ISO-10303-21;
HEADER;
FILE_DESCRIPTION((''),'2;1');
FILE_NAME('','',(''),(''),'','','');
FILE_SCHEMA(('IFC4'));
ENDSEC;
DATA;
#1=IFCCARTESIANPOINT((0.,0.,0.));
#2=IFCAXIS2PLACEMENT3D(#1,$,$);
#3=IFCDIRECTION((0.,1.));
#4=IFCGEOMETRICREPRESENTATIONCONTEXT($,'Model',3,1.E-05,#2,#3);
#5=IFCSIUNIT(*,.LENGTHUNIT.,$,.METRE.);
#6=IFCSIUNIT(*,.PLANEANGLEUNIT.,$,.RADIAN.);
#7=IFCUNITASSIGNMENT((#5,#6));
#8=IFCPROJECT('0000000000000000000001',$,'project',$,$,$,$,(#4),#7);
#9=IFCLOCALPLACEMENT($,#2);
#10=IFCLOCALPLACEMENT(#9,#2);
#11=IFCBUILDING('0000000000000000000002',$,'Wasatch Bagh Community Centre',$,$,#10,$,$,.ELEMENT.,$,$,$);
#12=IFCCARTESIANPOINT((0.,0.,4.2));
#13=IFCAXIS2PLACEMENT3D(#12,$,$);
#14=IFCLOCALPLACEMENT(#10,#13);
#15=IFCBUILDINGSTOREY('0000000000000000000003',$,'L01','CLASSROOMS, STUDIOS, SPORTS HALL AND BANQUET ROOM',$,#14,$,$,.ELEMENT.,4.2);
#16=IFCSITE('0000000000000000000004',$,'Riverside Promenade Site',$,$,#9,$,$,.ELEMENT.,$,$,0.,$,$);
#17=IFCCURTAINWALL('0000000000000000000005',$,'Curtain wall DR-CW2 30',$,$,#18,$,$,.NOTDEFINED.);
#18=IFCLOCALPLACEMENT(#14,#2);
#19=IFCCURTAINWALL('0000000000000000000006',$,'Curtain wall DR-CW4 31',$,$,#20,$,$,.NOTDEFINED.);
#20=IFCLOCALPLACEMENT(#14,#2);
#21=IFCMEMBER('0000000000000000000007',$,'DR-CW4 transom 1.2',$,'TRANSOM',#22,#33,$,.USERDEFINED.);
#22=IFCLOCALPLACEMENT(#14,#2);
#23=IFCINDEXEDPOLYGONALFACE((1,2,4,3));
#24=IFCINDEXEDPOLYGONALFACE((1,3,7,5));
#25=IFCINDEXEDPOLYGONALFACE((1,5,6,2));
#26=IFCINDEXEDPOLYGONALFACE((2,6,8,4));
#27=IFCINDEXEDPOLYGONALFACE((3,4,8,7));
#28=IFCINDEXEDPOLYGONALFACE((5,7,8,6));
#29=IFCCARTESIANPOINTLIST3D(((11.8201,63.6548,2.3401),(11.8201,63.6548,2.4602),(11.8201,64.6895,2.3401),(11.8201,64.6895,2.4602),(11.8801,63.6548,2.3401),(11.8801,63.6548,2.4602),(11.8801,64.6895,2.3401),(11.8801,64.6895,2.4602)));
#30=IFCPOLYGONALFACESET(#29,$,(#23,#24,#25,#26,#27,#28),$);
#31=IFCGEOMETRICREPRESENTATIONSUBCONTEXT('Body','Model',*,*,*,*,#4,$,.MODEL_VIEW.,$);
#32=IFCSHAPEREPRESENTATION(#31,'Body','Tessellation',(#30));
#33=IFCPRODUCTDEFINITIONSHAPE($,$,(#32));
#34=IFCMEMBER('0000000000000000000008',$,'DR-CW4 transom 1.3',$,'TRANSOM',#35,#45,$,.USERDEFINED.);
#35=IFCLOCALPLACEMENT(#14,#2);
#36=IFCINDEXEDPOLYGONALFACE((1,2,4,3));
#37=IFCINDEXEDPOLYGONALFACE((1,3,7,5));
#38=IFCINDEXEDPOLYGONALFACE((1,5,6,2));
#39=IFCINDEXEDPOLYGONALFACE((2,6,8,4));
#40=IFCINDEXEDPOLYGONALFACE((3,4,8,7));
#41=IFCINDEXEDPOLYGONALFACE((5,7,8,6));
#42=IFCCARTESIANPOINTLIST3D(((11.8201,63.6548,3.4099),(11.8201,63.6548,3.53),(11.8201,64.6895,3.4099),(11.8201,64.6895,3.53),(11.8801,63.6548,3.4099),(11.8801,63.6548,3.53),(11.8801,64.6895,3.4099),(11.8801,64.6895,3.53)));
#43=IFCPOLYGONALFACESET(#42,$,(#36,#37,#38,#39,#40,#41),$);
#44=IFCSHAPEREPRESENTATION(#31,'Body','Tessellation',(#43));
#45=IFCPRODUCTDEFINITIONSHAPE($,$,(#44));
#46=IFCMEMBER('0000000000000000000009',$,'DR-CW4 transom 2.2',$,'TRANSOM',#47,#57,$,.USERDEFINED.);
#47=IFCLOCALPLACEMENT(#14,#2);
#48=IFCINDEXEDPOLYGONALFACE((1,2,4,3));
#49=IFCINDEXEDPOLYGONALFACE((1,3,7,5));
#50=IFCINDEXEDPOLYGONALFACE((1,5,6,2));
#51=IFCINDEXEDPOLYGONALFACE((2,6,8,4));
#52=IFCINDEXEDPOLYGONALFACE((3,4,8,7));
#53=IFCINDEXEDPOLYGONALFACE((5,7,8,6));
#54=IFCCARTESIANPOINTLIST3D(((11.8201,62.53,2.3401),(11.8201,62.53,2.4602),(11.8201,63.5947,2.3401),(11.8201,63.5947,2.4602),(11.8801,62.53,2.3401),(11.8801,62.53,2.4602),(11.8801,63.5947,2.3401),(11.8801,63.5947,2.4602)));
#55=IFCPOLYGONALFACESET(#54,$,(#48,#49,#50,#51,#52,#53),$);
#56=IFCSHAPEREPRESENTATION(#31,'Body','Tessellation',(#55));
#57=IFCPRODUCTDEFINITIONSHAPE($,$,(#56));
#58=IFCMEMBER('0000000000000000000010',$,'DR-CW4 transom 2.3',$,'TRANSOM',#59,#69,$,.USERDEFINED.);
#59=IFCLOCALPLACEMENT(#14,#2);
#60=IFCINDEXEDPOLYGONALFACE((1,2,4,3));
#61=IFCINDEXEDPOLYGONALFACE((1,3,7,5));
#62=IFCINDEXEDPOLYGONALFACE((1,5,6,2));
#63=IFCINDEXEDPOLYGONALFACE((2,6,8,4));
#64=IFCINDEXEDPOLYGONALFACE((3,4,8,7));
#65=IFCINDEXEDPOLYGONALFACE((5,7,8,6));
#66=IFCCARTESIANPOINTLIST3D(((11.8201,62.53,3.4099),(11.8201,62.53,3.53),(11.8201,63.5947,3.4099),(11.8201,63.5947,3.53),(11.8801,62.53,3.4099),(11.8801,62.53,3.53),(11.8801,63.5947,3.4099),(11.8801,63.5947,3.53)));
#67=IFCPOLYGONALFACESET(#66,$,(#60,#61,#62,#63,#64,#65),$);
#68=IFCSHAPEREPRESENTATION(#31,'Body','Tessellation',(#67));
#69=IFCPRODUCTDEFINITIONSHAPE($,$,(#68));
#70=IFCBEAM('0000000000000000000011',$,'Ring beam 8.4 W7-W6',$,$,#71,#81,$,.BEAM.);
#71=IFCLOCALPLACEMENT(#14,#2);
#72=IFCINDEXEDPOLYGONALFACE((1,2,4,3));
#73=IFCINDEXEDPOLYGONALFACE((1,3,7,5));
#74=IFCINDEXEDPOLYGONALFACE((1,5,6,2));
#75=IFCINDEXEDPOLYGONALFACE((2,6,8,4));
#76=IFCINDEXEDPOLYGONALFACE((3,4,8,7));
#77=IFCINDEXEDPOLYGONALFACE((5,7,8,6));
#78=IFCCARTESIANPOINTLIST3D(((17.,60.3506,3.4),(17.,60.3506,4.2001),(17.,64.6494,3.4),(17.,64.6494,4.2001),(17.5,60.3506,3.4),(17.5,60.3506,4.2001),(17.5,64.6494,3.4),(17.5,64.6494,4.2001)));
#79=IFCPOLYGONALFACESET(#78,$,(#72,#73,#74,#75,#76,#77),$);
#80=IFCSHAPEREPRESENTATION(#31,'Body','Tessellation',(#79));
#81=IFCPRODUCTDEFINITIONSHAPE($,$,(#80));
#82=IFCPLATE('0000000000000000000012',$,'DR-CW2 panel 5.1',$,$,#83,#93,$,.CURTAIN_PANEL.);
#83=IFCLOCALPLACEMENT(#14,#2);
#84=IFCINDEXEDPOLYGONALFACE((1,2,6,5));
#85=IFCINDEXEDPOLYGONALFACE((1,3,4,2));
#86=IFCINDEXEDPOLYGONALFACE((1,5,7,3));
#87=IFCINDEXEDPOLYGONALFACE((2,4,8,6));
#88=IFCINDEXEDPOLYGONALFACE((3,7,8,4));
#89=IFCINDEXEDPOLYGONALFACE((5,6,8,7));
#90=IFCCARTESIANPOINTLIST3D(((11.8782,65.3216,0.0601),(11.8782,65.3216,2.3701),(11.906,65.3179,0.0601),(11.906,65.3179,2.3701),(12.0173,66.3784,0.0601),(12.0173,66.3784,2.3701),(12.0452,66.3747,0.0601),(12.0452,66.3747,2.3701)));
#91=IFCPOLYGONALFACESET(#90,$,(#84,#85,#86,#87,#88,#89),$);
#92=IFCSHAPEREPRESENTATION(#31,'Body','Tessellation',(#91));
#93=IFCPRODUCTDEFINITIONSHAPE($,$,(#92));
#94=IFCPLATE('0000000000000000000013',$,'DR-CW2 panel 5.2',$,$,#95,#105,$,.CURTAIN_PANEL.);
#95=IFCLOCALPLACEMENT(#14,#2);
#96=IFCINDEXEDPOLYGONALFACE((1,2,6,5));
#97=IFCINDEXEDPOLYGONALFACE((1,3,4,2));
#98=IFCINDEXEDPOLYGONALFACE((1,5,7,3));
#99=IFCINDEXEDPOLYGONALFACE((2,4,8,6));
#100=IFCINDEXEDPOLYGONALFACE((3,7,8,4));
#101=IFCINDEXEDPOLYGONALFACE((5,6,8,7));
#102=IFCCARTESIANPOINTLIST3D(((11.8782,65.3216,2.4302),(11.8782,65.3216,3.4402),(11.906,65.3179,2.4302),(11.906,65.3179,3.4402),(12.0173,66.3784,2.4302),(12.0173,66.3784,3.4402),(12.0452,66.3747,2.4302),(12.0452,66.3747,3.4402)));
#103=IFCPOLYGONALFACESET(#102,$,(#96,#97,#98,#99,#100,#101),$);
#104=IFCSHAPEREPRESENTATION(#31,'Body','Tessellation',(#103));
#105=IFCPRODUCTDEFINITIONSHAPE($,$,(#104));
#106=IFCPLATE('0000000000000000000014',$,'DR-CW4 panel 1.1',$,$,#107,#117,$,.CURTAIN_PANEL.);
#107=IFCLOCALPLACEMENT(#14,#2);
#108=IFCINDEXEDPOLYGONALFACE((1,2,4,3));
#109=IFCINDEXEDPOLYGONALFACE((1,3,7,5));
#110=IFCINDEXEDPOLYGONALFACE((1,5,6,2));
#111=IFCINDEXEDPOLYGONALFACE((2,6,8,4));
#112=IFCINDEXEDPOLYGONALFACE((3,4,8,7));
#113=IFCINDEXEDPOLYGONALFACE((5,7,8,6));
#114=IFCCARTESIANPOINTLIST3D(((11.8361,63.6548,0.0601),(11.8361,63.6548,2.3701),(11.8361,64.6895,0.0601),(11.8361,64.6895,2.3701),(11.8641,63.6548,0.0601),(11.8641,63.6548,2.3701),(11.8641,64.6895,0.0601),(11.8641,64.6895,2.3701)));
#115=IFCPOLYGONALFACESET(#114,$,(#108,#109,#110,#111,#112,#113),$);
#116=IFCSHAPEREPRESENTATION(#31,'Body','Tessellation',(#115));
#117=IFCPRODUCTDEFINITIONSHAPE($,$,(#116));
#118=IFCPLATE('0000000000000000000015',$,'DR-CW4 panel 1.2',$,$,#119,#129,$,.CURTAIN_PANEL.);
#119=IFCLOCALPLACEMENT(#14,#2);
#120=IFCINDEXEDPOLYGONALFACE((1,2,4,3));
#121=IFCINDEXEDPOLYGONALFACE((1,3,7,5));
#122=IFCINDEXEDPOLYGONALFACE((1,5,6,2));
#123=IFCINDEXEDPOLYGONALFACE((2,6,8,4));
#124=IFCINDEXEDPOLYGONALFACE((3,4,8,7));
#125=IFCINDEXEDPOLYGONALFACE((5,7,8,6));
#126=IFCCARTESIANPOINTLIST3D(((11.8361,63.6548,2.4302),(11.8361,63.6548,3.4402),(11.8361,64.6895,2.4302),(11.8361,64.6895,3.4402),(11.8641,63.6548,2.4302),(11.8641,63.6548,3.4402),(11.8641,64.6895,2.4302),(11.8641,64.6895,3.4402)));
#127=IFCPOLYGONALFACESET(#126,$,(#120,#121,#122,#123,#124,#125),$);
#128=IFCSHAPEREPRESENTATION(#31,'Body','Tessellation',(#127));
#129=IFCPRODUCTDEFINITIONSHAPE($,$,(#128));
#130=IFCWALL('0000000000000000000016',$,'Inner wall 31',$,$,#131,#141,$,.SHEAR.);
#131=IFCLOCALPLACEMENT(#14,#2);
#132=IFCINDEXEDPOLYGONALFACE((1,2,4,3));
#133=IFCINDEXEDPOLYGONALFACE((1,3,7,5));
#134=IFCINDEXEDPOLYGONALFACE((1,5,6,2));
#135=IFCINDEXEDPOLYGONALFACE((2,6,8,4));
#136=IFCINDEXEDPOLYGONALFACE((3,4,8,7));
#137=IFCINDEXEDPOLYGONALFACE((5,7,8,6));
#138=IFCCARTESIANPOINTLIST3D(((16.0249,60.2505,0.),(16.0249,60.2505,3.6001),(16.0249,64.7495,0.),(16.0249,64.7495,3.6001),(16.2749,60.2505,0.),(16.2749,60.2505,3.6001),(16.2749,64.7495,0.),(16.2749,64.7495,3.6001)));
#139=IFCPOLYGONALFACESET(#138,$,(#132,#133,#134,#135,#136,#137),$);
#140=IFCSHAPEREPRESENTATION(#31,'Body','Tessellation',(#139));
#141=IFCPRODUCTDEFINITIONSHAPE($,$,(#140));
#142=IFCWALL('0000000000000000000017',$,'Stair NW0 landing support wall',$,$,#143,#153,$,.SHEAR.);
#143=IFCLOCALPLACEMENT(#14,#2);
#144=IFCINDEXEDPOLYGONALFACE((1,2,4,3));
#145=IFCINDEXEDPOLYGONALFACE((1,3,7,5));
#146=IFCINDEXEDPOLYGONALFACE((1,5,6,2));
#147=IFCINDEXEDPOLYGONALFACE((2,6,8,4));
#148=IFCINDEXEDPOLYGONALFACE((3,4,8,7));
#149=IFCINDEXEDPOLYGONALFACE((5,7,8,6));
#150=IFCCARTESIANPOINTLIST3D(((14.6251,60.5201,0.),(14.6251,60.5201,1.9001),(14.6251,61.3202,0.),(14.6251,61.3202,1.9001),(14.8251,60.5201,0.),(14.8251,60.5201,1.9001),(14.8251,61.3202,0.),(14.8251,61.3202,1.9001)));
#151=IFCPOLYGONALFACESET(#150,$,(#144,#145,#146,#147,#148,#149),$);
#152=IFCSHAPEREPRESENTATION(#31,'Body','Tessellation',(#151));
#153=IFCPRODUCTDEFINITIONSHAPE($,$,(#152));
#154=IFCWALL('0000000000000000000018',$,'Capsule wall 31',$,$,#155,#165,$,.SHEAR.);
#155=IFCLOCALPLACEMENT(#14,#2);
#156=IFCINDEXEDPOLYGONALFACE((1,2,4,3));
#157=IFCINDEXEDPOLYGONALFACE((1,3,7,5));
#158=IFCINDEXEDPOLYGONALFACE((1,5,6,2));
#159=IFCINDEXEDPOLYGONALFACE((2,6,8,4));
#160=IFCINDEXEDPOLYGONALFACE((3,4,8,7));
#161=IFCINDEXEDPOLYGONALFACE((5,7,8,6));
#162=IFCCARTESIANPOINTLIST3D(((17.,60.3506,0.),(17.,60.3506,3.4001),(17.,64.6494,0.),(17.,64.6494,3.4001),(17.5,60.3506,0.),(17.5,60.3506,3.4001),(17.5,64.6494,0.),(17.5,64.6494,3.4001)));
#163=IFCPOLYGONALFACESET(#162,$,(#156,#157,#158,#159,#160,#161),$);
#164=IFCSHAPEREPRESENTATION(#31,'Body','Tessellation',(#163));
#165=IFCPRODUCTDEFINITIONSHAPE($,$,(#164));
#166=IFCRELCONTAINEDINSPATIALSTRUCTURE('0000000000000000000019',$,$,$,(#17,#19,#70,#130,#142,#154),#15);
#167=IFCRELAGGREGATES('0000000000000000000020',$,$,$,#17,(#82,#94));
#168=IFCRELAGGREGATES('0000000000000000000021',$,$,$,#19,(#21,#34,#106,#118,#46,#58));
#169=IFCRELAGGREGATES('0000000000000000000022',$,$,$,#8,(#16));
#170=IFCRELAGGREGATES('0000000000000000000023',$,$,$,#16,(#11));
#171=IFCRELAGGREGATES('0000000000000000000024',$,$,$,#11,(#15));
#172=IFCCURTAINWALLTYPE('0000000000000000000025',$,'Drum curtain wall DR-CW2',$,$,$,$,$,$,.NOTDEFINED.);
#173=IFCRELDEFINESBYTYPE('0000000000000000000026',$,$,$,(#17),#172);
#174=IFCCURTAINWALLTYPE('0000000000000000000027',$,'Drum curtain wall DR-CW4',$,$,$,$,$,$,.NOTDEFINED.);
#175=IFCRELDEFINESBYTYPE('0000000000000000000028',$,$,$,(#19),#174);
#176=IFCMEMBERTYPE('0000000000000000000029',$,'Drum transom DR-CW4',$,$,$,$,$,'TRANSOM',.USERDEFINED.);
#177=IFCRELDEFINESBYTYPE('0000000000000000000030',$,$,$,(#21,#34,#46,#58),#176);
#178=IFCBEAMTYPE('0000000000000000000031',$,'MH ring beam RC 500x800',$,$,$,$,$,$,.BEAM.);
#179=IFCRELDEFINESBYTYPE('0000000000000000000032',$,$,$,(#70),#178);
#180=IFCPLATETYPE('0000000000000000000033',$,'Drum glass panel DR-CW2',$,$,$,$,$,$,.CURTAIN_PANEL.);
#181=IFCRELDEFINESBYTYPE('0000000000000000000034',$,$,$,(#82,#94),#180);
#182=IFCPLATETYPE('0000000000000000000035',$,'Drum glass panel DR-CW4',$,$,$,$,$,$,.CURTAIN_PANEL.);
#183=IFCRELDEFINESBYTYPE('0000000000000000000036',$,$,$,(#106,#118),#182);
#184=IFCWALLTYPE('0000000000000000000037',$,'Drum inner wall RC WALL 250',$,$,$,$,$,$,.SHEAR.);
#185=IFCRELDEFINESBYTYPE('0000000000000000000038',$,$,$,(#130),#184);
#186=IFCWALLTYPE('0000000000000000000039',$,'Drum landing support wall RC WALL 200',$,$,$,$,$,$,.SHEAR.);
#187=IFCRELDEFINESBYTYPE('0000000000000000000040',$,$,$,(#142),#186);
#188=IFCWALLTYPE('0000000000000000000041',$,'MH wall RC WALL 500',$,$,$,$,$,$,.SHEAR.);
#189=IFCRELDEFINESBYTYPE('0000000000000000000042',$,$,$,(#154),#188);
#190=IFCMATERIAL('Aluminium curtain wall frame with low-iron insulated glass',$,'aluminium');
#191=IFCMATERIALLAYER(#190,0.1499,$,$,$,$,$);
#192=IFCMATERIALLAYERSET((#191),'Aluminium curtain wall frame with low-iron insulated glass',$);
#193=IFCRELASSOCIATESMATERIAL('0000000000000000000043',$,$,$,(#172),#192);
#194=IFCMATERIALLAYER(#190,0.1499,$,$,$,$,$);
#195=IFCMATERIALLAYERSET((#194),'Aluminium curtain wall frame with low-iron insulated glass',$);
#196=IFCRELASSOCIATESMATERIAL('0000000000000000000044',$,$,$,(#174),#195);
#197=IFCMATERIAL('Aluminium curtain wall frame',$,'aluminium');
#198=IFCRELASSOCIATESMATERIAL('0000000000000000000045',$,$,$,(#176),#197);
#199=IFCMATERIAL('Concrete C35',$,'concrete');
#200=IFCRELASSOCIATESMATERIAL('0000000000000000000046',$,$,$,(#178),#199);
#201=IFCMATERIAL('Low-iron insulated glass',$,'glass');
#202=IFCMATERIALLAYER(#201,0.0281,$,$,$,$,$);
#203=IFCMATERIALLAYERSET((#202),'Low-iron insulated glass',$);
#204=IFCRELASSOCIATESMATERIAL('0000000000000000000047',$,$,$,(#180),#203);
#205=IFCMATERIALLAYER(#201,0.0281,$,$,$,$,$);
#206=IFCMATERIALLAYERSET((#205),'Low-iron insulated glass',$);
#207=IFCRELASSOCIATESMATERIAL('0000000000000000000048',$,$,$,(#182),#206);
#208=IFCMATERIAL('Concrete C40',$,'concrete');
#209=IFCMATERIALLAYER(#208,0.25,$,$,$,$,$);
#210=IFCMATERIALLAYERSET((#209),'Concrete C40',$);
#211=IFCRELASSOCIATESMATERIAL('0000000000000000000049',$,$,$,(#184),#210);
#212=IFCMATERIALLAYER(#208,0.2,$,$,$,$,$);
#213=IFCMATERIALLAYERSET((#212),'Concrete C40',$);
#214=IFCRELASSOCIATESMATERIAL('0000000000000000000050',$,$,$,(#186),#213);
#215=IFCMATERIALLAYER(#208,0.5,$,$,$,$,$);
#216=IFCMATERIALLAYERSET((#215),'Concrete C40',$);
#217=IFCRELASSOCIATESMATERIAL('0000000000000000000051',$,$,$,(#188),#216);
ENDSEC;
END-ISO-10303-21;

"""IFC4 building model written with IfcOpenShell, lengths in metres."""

from ifc_helpers import new_model, si_unit, direction, frame, frame_2d, origin, origin_2d, place, context, subcontext, project, spatial, rectangle, extrude, material, layer, layer_set, material_profile, profile_set, type_object, element, aggregate, save


model = new_model("IFC4")

# Units and contexts
model_context = context("Model", 3, precision=1e-05, world=origin(), true_north=direction((0.0, 1.0)))
body_context = subcontext(model_context, "Body", "Model", "MODEL_VIEW")
ifc_project = project(units=[si_unit("LENGTHUNIT", "METRE"), si_unit("PLANEANGLEUNIT", "RADIAN")], contexts=[model_context])

# Site, building, storey
site_placement = place(None, origin())
site = spatial("IfcSite", under=ifc_project, at=site_placement, Name="Riverside Promenade Site", CompositionType="ELEMENT", RefElevation=0.0)
building_placement = place(site_placement, origin())
building = spatial("IfcBuilding", under=site, at=building_placement, Name="Wasatch Bagh Community Centre", CompositionType="ELEMENT")
storey_placement = place(building_placement, frame((0.0, 0.0, 4.2)))
storey = spatial("IfcBuildingStorey", under=building, at=storey_placement, Name="L01", Description="CLASSROOMS, STUDIOS, SPORTS HALL AND BANQUET ROOM", CompositionType="ELEMENT", Elevation=4.2)

# Shared definitions
ifc_material_1 = material(Name="Concrete C40", Category="concrete")

# Curtain wall
ifc_material_2 = material(Name="Aluminium curtain wall frame with low-iron insulated glass", Category="aluminium")
ifc_layer_1 = layer(ifc_material_2, 0.1499)
ifc_layer_set_1 = layer_set([ifc_layer_1], Name="Aluminium curtain wall frame with low-iron insulated glass")
curtain_wall_type_1 = type_object("IfcCurtainWallType", Name="Drum curtain wall DR-CW2", PredefinedType="NOTDEFINED", material=ifc_layer_set_1)
curtain_wall_1_placement = place(storey_placement, origin())
curtain_wall_1 = element("IfcCurtainWall", 1, at=curtain_wall_1_placement, inside=storey, type_object=curtain_wall_type_1, Name="Curtain wall DR-CW2 30", PredefinedType="NOTDEFINED")
ifc_material_3 = material(Name="Aluminium curtain wall frame", Category="aluminium")

# Curtain wall
ifc_layer_2 = layer(ifc_material_2, 0.1499)
ifc_layer_set_2 = layer_set([ifc_layer_2], Name="Aluminium curtain wall frame with low-iron insulated glass")
curtain_wall_type_2 = type_object("IfcCurtainWallType", Name="Drum curtain wall DR-CW4", PredefinedType="NOTDEFINED", material=ifc_layer_set_2)
curtain_wall_2_placement = place(storey_placement, origin())
curtain_wall_2 = element("IfcCurtainWall", 2, at=curtain_wall_2_placement, inside=storey, type_object=curtain_wall_type_2, Name="Curtain wall DR-CW4 31", PredefinedType="NOTDEFINED")

# Shared definitions
ifc_material_4 = material(Name="Concrete C35", Category="concrete")

# Members
ifc_material_profile_1 = material_profile(ifc_material_3, rectangle(XDim=0.0601, YDim=0.1201, at=origin_2d()), Name="Drum transom DR-CW4")
ifc_profile_set_1 = profile_set([ifc_material_profile_1], Name="Aluminium curtain wall frame")
member_type_1 = type_object("IfcMemberType", Name="Drum transom DR-CW4", ElementType="TRANSOM", PredefinedType="USERDEFINED", material=ifc_profile_set_1)
member_1_placement = place(storey_placement, frame((11.8501, 64.6895, 2.4001), z_axis=(0.0, -1.0, 0.0), x_axis=(1.0, 0.0, 0.0)))
member_1 = element("IfcMember", 3, at=member_1_placement, type_object=member_type_1, Name="DR-CW4 transom 1.2", ObjectType="TRANSOM", PredefinedType="USERDEFINED", context=body_context, shape_type="SweptSolid", body=[
    extrude(rectangle(XDim=0.0601, YDim=0.1201, at=origin_2d()), origin(), (0.0, 0.0, 1.0), 1.0347),
])
member_2_placement = place(storey_placement, frame((11.8501, 64.6895, 3.47), z_axis=(0.0, -1.0, 0.0), x_axis=(1.0, 0.0, 0.0)))
member_2 = element("IfcMember", 4, at=member_2_placement, type_object=member_type_1, Name="DR-CW4 transom 1.3", ObjectType="TRANSOM", PredefinedType="USERDEFINED", context=body_context, shape_type="SweptSolid", body=[
    extrude(rectangle(XDim=0.0601, YDim=0.1201, at=origin_2d()), origin(), (0.0, 0.0, 1.0), 1.0347),
])
member_3_placement = place(storey_placement, frame((11.8501, 63.5947, 2.4001), z_axis=(0.0, -1.0, 0.0), x_axis=(1.0, 0.0, 0.0)))
member_3 = element("IfcMember", 5, at=member_3_placement, type_object=member_type_1, Name="DR-CW4 transom 2.2", ObjectType="TRANSOM", PredefinedType="USERDEFINED", context=body_context, shape_type="SweptSolid", body=[
    extrude(rectangle(XDim=0.0601, YDim=0.1201, at=origin_2d()), origin(), (0.0, 0.0, 1.0), 1.0647),
])
member_4_placement = place(storey_placement, frame((11.8501, 63.5947, 3.47), z_axis=(0.0, -1.0, 0.0), x_axis=(1.0, 0.0, 0.0)))
member_4 = element("IfcMember", 6, at=member_4_placement, type_object=member_type_1, Name="DR-CW4 transom 2.3", ObjectType="TRANSOM", PredefinedType="USERDEFINED", context=body_context, shape_type="SweptSolid", body=[
    extrude(rectangle(XDim=0.0601, YDim=0.1201, at=origin_2d()), origin(), (0.0, 0.0, 1.0), 1.0647),
])

# Beam
ifc_material_profile_2 = material_profile(ifc_material_4, rectangle(XDim=0.5, YDim=0.8, at=origin_2d()), Name="RC 500x800")
ifc_profile_set_2 = profile_set([ifc_material_profile_2], Name="Concrete C35")
beam_type_1 = type_object("IfcBeamType", Name="MH ring beam RC 500x800", PredefinedType="BEAM", material=ifc_profile_set_2)
beam_placement = place(storey_placement, frame((17.25, 64.6494, 3.8), z_axis=(0.0, -1.0, 0.0), x_axis=(1.0, 0.0, 0.0)))
element("IfcBeam", 7, at=beam_placement, inside=storey, type_object=beam_type_1, Name="Ring beam 8.4 W7-W6", PredefinedType="BEAM", context=body_context, shape_type="SweptSolid", body=[
    extrude(rectangle(XDim=0.5, YDim=0.8, at=origin_2d()), origin(), (0.0, 0.0, 1.0), 4.2988),
])

# Plates
ifc_material_5 = material(Name="Low-iron insulated glass", Category="glass")
ifc_layer_3 = layer(ifc_material_5, 0.0281)
ifc_layer_set_3 = layer_set([ifc_layer_3], Name="Low-iron insulated glass")
plate_type_1 = type_object("IfcPlateType", Name="Drum glass panel DR-CW2", PredefinedType="CURTAIN_PANEL", material=ifc_layer_set_3)
plate_1_placement = place(storey_placement, frame((11.9617, 65.8481, 0.0601), z_axis=(0.0, 0.0, 1.0), x_axis=(-0.130526, -0.991445, 0.0)))
plate_1 = element("IfcPlate", 8, at=plate_1_placement, type_object=plate_type_1, Name="DR-CW2 panel 5.1", PredefinedType="CURTAIN_PANEL", context=body_context, shape_type="SweptSolid", body=[
    extrude(rectangle(XDim=1.0659, YDim=0.0281, at=origin_2d()), origin(), (0.0, 0.0, 1.0), 2.3101),
])
plate_2_placement = place(storey_placement, frame((11.9617, 65.8481, 2.4302), z_axis=(0.0, 0.0, 1.0), x_axis=(-0.130526, -0.991445, 0.0)))
plate_2 = element("IfcPlate", 9, at=plate_2_placement, type_object=plate_type_1, Name="DR-CW2 panel 5.2", PredefinedType="CURTAIN_PANEL", context=body_context, shape_type="SweptSolid", body=[
    extrude(rectangle(XDim=1.0659, YDim=0.0281, at=origin_2d()), origin(), (0.0, 0.0, 1.0), 1.01),
])
aggregate(curtain_wall_1, [plate_1, plate_2])
ifc_layer_4 = layer(ifc_material_5, 0.0281)
ifc_layer_set_4 = layer_set([ifc_layer_4], Name="Low-iron insulated glass")
plate_type_2 = type_object("IfcPlateType", Name="Drum glass panel DR-CW4", PredefinedType="CURTAIN_PANEL", material=ifc_layer_set_4)
plate_3_placement = place(storey_placement, frame((11.8501, 64.1721, 0.0601), z_axis=(0.0, 0.0, 1.0), x_axis=(0.0, -1.0, 0.0)))
plate_3 = element("IfcPlate", 10, at=plate_3_placement, type_object=plate_type_2, Name="DR-CW4 panel 1.1", PredefinedType="CURTAIN_PANEL", context=body_context, shape_type="SweptSolid", body=[
    extrude(rectangle(XDim=1.0347, YDim=0.0281, at=origin_2d()), origin(), (0.0, 0.0, 1.0), 2.3101),
])
plate_4_placement = place(storey_placement, frame((11.8501, 64.1721, 2.4302), z_axis=(0.0, 0.0, 1.0), x_axis=(0.0, -1.0, 0.0)))
plate_4 = element("IfcPlate", 11, at=plate_4_placement, type_object=plate_type_2, Name="DR-CW4 panel 1.2", PredefinedType="CURTAIN_PANEL", context=body_context, shape_type="SweptSolid", body=[
    extrude(rectangle(XDim=1.0347, YDim=0.0281, at=origin_2d()), origin(), (0.0, 0.0, 1.0), 1.01),
])
aggregate(curtain_wall_2, [member_1, member_2, plate_3, plate_4, member_3, member_4])

# Walls
ifc_layer_5 = layer(ifc_material_1, 0.25)
ifc_layer_set_5 = layer_set([ifc_layer_5], Name="Concrete C40")
wall_type_1 = type_object("IfcWallType", Name="Drum inner wall RC WALL 250", PredefinedType="SHEAR", material=ifc_layer_set_5)
wall_1_placement = place(storey_placement, frame((16.1499, 64.7495, 0.0), z_axis=(0.0, 0.0, 1.0), x_axis=(0.0, -1.0, 0.0)))
element("IfcWall", 12, at=wall_1_placement, inside=storey, type_object=wall_type_1, Name="Inner wall 31", PredefinedType="SHEAR", context=body_context, shape_type="SweptSolid", body=[
    extrude(rectangle(XDim=4.499, YDim=0.25, at=frame_2d((2.2495, 0.0))), origin(), (0.0, 0.0, 1.0), 3.6001),
])
ifc_layer_6 = layer(ifc_material_1, 0.2)
ifc_layer_set_6 = layer_set([ifc_layer_6], Name="Concrete C40")
wall_type_2 = type_object("IfcWallType", Name="Drum landing support wall RC WALL 200", PredefinedType="SHEAR", material=ifc_layer_set_6)
wall_2_placement = place(storey_placement, frame((14.7251, 61.3201, 0.0), z_axis=(0.0, 0.0, 1.0), x_axis=(0.0, -1.0, 0.0)))
element("IfcWall", 13, at=wall_2_placement, inside=storey, type_object=wall_type_2, Name="Stair NW0 landing support wall", PredefinedType="SHEAR", context=body_context, shape_type="SweptSolid", body=[
    extrude(rectangle(XDim=0.8, YDim=0.2, at=frame_2d((0.3999, 0.0))), origin(), (0.0, 0.0, 1.0), 1.9001),
])
ifc_layer_7 = layer(ifc_material_1, 0.5)
ifc_layer_set_7 = layer_set([ifc_layer_7], Name="Concrete C40")
wall_type_3 = type_object("IfcWallType", Name="MH wall RC WALL 500", PredefinedType="SHEAR", material=ifc_layer_set_7)
wall_3_placement = place(storey_placement, frame((17.25, 64.6494, 0.0), z_axis=(0.0, 0.0, 1.0), x_axis=(0.0, -1.0, 0.0)))
element("IfcWall", 14, at=wall_3_placement, inside=storey, type_object=wall_type_3, Name="Capsule wall 31", PredefinedType="SHEAR", context=body_context, shape_type="SweptSolid", body=[
    extrude(rectangle(XDim=4.2988, YDim=0.5, at=frame_2d((2.1494, 0.0))), origin(), (0.0, 0.0, 1.0), 3.4001),
])

save(model, "model.ifc")
